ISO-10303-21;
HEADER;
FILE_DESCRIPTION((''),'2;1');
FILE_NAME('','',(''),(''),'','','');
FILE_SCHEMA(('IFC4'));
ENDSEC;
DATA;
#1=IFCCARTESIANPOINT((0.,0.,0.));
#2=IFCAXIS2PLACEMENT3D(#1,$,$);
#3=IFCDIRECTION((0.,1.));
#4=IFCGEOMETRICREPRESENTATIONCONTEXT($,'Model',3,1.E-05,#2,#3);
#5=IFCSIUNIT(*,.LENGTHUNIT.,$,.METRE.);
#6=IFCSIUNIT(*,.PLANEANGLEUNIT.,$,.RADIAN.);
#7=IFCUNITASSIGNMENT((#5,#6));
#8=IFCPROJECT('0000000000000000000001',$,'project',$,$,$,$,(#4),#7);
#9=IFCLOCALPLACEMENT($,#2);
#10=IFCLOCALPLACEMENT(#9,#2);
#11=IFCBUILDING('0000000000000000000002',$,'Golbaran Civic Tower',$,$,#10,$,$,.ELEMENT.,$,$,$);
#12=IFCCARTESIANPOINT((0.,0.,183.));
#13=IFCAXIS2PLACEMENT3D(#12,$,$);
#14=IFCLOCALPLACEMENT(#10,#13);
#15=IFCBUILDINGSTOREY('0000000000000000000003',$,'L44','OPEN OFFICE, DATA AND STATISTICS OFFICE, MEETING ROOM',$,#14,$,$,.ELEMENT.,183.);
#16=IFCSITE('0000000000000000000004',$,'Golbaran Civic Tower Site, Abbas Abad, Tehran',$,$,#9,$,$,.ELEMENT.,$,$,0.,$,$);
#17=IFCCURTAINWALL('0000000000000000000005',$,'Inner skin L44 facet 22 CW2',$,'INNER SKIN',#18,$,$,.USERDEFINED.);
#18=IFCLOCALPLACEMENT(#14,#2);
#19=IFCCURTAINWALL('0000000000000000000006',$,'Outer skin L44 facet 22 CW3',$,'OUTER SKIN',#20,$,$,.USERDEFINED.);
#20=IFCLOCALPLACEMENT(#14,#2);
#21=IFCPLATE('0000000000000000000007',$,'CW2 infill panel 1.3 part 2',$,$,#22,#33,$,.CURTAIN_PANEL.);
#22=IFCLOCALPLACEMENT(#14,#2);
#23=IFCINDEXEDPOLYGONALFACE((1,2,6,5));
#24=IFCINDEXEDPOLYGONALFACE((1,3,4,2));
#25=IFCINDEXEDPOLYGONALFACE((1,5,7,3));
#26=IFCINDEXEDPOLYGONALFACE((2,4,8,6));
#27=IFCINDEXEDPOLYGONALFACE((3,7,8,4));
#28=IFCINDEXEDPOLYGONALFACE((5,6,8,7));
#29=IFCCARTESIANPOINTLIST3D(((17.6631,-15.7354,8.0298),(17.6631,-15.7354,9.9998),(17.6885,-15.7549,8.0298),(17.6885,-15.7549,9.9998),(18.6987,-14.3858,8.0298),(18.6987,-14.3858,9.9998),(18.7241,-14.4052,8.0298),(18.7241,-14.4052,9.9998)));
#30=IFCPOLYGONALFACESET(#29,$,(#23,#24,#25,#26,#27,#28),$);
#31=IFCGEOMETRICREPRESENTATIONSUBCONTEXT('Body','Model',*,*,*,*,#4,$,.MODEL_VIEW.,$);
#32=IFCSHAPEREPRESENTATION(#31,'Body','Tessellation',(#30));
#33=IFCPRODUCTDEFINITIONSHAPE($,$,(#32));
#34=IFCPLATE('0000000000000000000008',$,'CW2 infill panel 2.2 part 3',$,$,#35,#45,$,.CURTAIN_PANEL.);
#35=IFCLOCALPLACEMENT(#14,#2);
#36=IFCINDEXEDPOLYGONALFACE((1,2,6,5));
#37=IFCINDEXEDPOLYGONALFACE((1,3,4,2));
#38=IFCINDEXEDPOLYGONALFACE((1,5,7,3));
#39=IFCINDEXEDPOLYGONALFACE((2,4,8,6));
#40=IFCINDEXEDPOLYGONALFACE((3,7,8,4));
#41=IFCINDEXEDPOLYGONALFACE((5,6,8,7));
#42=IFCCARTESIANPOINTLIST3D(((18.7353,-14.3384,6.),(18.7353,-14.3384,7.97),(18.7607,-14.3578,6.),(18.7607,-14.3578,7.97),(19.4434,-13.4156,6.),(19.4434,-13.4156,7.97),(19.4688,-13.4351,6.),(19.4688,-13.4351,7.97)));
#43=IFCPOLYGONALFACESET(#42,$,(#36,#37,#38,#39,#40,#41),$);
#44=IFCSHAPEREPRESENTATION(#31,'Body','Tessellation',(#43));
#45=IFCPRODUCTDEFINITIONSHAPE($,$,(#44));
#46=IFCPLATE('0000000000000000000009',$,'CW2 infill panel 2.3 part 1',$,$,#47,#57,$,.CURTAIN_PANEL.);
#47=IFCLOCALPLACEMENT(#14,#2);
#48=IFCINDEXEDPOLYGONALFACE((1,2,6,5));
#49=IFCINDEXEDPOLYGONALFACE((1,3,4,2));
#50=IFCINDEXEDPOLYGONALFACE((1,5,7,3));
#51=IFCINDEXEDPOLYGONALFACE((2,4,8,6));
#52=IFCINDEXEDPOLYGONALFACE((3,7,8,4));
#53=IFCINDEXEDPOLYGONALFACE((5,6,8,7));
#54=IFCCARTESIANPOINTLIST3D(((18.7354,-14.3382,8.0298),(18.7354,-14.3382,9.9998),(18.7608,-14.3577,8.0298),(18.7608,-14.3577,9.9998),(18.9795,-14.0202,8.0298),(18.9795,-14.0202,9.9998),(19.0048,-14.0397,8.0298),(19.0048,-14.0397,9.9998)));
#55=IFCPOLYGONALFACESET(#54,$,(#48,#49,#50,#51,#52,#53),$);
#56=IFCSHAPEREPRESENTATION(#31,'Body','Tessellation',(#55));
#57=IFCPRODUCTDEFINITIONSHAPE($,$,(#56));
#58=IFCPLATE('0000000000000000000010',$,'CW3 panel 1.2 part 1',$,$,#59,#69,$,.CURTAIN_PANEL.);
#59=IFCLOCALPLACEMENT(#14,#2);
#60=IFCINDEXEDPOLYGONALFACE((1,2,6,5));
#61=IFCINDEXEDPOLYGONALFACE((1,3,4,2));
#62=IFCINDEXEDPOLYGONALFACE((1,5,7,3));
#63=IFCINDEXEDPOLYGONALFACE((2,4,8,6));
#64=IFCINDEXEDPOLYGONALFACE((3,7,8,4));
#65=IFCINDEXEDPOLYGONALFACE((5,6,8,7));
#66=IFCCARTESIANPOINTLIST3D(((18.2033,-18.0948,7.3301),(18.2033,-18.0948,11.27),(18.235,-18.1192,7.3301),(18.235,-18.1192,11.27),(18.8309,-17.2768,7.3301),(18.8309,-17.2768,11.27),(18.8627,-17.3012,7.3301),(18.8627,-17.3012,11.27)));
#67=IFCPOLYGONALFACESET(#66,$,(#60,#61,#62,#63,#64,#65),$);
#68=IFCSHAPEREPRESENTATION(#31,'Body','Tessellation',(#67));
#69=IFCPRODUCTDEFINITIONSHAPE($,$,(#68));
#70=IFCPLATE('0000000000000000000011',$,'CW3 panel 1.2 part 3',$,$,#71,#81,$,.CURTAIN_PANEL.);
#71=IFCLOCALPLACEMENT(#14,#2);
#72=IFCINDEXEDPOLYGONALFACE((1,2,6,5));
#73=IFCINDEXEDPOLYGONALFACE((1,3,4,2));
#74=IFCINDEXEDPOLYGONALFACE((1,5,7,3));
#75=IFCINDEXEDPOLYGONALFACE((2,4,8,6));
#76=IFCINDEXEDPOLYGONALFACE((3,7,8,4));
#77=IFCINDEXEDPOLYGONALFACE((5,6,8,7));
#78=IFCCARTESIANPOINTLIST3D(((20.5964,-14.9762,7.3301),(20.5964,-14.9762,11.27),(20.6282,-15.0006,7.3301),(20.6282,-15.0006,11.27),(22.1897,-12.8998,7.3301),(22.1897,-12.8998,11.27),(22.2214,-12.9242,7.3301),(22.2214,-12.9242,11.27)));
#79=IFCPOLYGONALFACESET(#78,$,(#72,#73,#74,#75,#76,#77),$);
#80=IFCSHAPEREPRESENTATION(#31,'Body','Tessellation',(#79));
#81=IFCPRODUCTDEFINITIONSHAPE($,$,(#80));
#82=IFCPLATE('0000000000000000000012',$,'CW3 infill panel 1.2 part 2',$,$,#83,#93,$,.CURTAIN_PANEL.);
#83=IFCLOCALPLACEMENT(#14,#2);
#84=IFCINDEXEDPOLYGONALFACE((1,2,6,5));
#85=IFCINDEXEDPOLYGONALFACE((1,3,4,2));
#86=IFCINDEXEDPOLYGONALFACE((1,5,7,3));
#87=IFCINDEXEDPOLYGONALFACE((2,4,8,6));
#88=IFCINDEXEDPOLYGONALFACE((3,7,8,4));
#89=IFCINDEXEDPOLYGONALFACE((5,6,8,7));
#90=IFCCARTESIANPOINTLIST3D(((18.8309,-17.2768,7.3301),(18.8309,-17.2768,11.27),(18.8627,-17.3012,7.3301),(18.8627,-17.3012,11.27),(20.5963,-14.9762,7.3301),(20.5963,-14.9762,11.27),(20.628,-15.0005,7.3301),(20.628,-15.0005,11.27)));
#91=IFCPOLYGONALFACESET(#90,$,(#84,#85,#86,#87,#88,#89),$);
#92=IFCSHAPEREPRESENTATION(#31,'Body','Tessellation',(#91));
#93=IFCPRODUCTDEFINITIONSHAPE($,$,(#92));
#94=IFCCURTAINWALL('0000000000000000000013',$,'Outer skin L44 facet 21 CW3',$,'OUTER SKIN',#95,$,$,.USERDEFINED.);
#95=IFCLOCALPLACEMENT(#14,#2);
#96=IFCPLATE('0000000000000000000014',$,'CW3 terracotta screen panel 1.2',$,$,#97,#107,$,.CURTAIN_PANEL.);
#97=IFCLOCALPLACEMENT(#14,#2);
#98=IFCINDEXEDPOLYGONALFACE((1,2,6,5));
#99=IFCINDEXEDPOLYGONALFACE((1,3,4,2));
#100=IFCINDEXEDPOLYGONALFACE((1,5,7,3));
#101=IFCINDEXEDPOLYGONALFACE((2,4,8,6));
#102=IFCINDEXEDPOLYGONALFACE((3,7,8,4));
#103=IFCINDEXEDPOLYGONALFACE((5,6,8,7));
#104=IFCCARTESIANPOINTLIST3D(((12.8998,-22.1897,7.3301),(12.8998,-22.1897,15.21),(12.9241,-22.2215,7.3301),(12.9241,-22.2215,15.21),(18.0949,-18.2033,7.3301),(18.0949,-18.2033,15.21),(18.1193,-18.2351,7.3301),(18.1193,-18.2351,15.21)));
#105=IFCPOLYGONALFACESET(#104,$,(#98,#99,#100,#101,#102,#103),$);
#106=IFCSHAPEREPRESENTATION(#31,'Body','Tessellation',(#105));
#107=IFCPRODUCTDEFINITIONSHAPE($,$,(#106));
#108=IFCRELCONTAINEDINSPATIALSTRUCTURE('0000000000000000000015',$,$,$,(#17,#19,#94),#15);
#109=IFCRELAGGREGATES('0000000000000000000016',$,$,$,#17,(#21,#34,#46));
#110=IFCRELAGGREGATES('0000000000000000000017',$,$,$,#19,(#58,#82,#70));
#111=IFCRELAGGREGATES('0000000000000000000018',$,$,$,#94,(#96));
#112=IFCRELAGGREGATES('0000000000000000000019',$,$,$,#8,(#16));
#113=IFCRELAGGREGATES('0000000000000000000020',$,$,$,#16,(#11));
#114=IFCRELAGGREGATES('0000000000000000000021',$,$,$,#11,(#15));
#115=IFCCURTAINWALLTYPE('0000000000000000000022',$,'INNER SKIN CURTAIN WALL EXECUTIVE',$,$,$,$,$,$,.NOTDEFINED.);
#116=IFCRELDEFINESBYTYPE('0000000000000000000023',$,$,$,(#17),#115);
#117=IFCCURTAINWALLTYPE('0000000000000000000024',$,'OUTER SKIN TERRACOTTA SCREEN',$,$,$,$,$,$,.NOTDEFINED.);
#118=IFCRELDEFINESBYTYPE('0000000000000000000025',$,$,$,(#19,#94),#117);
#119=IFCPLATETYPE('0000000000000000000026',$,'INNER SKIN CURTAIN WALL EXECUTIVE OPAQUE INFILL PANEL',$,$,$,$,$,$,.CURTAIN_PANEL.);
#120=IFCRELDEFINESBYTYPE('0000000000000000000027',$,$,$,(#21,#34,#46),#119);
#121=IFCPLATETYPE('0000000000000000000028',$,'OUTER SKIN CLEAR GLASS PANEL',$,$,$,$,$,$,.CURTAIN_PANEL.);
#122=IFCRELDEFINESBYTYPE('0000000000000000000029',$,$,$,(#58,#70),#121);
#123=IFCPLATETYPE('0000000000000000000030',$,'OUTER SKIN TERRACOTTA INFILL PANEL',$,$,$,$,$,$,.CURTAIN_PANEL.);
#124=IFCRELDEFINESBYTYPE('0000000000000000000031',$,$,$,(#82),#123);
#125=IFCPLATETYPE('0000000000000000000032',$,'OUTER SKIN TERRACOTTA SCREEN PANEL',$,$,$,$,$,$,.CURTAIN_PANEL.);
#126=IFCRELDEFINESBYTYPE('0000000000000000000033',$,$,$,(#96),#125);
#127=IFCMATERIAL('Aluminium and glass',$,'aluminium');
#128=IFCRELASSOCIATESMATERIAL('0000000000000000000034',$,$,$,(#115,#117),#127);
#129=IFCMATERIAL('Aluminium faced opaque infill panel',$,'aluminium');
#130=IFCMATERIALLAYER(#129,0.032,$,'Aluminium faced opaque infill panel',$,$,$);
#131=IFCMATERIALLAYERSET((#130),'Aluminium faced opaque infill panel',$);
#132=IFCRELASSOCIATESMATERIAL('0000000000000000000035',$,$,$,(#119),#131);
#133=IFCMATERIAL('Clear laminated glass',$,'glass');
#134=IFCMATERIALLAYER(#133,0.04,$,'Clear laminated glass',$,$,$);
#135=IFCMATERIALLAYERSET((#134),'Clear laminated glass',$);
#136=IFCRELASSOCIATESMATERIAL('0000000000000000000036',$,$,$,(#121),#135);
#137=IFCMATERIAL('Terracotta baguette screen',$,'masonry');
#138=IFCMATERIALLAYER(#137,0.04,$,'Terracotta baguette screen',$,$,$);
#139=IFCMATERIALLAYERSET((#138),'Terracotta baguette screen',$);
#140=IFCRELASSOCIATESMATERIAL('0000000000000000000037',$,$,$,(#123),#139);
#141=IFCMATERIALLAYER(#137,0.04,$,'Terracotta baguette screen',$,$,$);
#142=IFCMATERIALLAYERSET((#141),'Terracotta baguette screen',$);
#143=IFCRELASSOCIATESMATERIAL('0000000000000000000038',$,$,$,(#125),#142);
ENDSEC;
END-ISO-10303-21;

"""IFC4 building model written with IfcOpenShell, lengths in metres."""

from ifc_helpers import new_model, si_unit, direction, frame, origin, origin_2d, place, context, subcontext, project, spatial, rectangle, extrude, material, layer, layer_set, type_object, element, aggregate, save


model = new_model("IFC4")

# Units and contexts
model_context = context("Model", 3, precision=1e-05, world=origin(), true_north=direction((0.0, 1.0)))
body_context = subcontext(model_context, "Body", "Model", "MODEL_VIEW")
ifc_project = project(units=[si_unit("LENGTHUNIT", "METRE"), si_unit("PLANEANGLEUNIT", "RADIAN")], contexts=[model_context])

# Site, building, storey
site_placement = place(None, origin())
site = spatial("IfcSite", under=ifc_project, at=site_placement, Name="Golbaran Civic Tower Site, Abbas Abad, Tehran", CompositionType="ELEMENT", RefElevation=0.0)
building_placement = place(site_placement, origin())
building = spatial("IfcBuilding", under=site, at=building_placement, Name="Golbaran Civic Tower", CompositionType="ELEMENT")
storey_placement = place(building_placement, frame((0.0, 0.0, 183.0)))
storey = spatial("IfcBuildingStorey", under=building, at=storey_placement, Name="L44", Description="OPEN OFFICE, DATA AND STATISTICS OFFICE, MEETING ROOM", CompositionType="ELEMENT", Elevation=183.0)

# Curtain wall
ifc_material_1 = material(Name="Aluminium and glass", Category="aluminium")
curtain_wall_type_1 = type_object("IfcCurtainWallType", Name="INNER SKIN CURTAIN WALL EXECUTIVE", PredefinedType="NOTDEFINED", material=ifc_material_1)
curtain_wall_1_placement = place(storey_placement, origin())
curtain_wall_1 = element("IfcCurtainWall", 1, at=curtain_wall_1_placement, inside=storey, type_object=curtain_wall_type_1, Name="Inner skin L44 facet 22 CW2", ObjectType="INNER SKIN", PredefinedType="USERDEFINED")

# Curtain wall
curtain_wall_type_2 = type_object("IfcCurtainWallType", Name="OUTER SKIN TERRACOTTA SCREEN", PredefinedType="NOTDEFINED", material=ifc_material_1)
curtain_wall_2_placement = place(storey_placement, origin())
curtain_wall_2 = element("IfcCurtainWall", 2, at=curtain_wall_2_placement, inside=storey, type_object=curtain_wall_type_2, Name="Outer skin L44 facet 22 CW3", ObjectType="OUTER SKIN", PredefinedType="USERDEFINED")

# Plates
ifc_material_2 = material(Name="Aluminium faced opaque infill panel", Category="aluminium")
ifc_layer_1 = layer(ifc_material_2, 0.032, Name="Aluminium faced opaque infill panel")
ifc_layer_set_1 = layer_set([ifc_layer_1], Name="Aluminium faced opaque infill panel")
plate_type_1 = type_object("IfcPlateType", Name="INNER SKIN CURTAIN WALL EXECUTIVE OPAQUE INFILL PANEL", PredefinedType="CURTAIN_PANEL", material=ifc_layer_set_1)
plate_1_placement = place(storey_placement, frame((18.1936, -15.0703, 8.0298), z_axis=(0.0, 0.0, 1.0), x_axis=(0.608761, 0.793353, 0.0)))
plate_1 = element("IfcPlate", 3, at=plate_1_placement, type_object=plate_type_1, Name="CW2 infill panel 1.3 part 2", PredefinedType="CURTAIN_PANEL", context=body_context, shape_type="SweptSolid", body=[
    extrude(rectangle(XDim=1.7012, YDim=0.032, at=origin_2d()), origin(), (0.0, 0.0, 1.0), 1.97),
])
plate_2_placement = place(storey_placement, frame((19.1021, -13.8867, 6.0), z_axis=(0.0, 0.0, 1.0), x_axis=(0.608761, 0.793353, 0.0)))
plate_2 = element("IfcPlate", 4, at=plate_2_placement, type_object=plate_type_1, Name="CW2 infill panel 2.2 part 3", PredefinedType="CURTAIN_PANEL", context=body_context, shape_type="SweptSolid", body=[
    extrude(rectangle(XDim=1.1631, YDim=0.032, at=origin_2d()), origin(), (0.0, 0.0, 1.0), 1.97),
])
plate_3_placement = place(storey_placement, frame((18.8701, -14.189, 8.0298), z_axis=(0.0, 0.0, 1.0), x_axis=(0.608761, 0.793353, 0.0)))
plate_3 = element("IfcPlate", 5, at=plate_3_placement, type_object=plate_type_1, Name="CW2 infill panel 2.3 part 1", PredefinedType="CURTAIN_PANEL", context=body_context, shape_type="SweptSolid", body=[
    extrude(rectangle(XDim=0.4009, YDim=0.032, at=origin_2d()), origin(), (0.0, 0.0, 1.0), 1.97),
])
aggregate(curtain_wall_1, [plate_1, plate_2, plate_3])
ifc_material_3 = material(Name="Clear laminated glass", Category="glass")
ifc_layer_2 = layer(ifc_material_3, 0.04, Name="Clear laminated glass")
ifc_layer_set_2 = layer_set([ifc_layer_2], Name="Clear laminated glass")
plate_type_2 = type_object("IfcPlateType", Name="OUTER SKIN CLEAR GLASS PANEL", PredefinedType="CURTAIN_PANEL", material=ifc_layer_set_2)
plate_4_placement = place(storey_placement, frame((18.533, -17.698, 7.3301), z_axis=(0.0, 0.0, 1.0), x_axis=(0.608761, 0.793353, 0.0)))
plate_4 = element("IfcPlate", 6, at=plate_4_placement, type_object=plate_type_2, Name="CW3 panel 1.2 part 1", PredefinedType="CURTAIN_PANEL", context=body_context, shape_type="SweptSolid", body=[
    extrude(rectangle(XDim=1.031, YDim=0.04, at=origin_2d()), origin(), (0.0, 0.0, 1.0), 3.9399),
])
plate_5_placement = place(storey_placement, frame((21.4089, -13.9502, 7.3301), z_axis=(0.0, 0.0, 1.0), x_axis=(0.608761, 0.793353, 0.0)))
plate_5 = element("IfcPlate", 7, at=plate_5_placement, type_object=plate_type_2, Name="CW3 panel 1.2 part 3", PredefinedType="CURTAIN_PANEL", context=body_context, shape_type="SweptSolid", body=[
    extrude(rectangle(XDim=2.6172, YDim=0.04, at=origin_2d()), origin(), (0.0, 0.0, 1.0), 3.9399),
])
ifc_material_4 = material(Name="Terracotta baguette screen", Category="masonry")
ifc_layer_3 = layer(ifc_material_4, 0.04, Name="Terracotta baguette screen")
ifc_layer_set_3 = layer_set([ifc_layer_3], Name="Terracotta baguette screen")
plate_type_3 = type_object("IfcPlateType", Name="OUTER SKIN TERRACOTTA INFILL PANEL", PredefinedType="CURTAIN_PANEL", material=ifc_layer_set_3)
plate_6_placement = place(storey_placement, frame((19.7295, -16.1387, 7.3301), z_axis=(0.0, 0.0, 1.0), x_axis=(0.608761, 0.793353, 0.0)))
plate_6 = element("IfcPlate", 8, at=plate_6_placement, type_object=plate_type_3, Name="CW3 infill panel 1.2 part 2", PredefinedType="CURTAIN_PANEL", context=body_context, shape_type="SweptSolid", body=[
    extrude(rectangle(XDim=2.8999, YDim=0.04, at=origin_2d()), origin(), (0.0, 0.0, 1.0), 3.9399),
])
aggregate(curtain_wall_2, [plate_4, plate_6, plate_5])

# Curtain wall, plate
curtain_wall_3_placement = place(storey_placement, origin())
curtain_wall_3 = element("IfcCurtainWall", 9, at=curtain_wall_3_placement, inside=storey, type_object=curtain_wall_type_2, Name="Outer skin L44 facet 21 CW3", ObjectType="OUTER SKIN", PredefinedType="USERDEFINED")
ifc_layer_4 = layer(ifc_material_4, 0.04, Name="Terracotta baguette screen")
ifc_layer_set_4 = layer_set([ifc_layer_4], Name="Terracotta baguette screen")
plate_type_4 = type_object("IfcPlateType", Name="OUTER SKIN TERRACOTTA SCREEN PANEL", PredefinedType="CURTAIN_PANEL", material=ifc_layer_set_4)
plate_7_placement = place(storey_placement, frame((15.5095, -20.2124, 7.3301), z_axis=(0.0, 0.0, 1.0), x_axis=(0.793353, 0.608761, 0.0)))
plate_7 = element("IfcPlate", 10, at=plate_7_placement, type_object=plate_type_4, Name="CW3 terracotta screen panel 1.2", PredefinedType="CURTAIN_PANEL", context=body_context, shape_type="SweptSolid", body=[
    extrude(rectangle(XDim=6.5483, YDim=0.04, at=origin_2d()), origin(), (0.0, 0.0, 1.0), 7.8799),
])
aggregate(curtain_wall_3, [plate_7])

save(model, "model.ifc")
